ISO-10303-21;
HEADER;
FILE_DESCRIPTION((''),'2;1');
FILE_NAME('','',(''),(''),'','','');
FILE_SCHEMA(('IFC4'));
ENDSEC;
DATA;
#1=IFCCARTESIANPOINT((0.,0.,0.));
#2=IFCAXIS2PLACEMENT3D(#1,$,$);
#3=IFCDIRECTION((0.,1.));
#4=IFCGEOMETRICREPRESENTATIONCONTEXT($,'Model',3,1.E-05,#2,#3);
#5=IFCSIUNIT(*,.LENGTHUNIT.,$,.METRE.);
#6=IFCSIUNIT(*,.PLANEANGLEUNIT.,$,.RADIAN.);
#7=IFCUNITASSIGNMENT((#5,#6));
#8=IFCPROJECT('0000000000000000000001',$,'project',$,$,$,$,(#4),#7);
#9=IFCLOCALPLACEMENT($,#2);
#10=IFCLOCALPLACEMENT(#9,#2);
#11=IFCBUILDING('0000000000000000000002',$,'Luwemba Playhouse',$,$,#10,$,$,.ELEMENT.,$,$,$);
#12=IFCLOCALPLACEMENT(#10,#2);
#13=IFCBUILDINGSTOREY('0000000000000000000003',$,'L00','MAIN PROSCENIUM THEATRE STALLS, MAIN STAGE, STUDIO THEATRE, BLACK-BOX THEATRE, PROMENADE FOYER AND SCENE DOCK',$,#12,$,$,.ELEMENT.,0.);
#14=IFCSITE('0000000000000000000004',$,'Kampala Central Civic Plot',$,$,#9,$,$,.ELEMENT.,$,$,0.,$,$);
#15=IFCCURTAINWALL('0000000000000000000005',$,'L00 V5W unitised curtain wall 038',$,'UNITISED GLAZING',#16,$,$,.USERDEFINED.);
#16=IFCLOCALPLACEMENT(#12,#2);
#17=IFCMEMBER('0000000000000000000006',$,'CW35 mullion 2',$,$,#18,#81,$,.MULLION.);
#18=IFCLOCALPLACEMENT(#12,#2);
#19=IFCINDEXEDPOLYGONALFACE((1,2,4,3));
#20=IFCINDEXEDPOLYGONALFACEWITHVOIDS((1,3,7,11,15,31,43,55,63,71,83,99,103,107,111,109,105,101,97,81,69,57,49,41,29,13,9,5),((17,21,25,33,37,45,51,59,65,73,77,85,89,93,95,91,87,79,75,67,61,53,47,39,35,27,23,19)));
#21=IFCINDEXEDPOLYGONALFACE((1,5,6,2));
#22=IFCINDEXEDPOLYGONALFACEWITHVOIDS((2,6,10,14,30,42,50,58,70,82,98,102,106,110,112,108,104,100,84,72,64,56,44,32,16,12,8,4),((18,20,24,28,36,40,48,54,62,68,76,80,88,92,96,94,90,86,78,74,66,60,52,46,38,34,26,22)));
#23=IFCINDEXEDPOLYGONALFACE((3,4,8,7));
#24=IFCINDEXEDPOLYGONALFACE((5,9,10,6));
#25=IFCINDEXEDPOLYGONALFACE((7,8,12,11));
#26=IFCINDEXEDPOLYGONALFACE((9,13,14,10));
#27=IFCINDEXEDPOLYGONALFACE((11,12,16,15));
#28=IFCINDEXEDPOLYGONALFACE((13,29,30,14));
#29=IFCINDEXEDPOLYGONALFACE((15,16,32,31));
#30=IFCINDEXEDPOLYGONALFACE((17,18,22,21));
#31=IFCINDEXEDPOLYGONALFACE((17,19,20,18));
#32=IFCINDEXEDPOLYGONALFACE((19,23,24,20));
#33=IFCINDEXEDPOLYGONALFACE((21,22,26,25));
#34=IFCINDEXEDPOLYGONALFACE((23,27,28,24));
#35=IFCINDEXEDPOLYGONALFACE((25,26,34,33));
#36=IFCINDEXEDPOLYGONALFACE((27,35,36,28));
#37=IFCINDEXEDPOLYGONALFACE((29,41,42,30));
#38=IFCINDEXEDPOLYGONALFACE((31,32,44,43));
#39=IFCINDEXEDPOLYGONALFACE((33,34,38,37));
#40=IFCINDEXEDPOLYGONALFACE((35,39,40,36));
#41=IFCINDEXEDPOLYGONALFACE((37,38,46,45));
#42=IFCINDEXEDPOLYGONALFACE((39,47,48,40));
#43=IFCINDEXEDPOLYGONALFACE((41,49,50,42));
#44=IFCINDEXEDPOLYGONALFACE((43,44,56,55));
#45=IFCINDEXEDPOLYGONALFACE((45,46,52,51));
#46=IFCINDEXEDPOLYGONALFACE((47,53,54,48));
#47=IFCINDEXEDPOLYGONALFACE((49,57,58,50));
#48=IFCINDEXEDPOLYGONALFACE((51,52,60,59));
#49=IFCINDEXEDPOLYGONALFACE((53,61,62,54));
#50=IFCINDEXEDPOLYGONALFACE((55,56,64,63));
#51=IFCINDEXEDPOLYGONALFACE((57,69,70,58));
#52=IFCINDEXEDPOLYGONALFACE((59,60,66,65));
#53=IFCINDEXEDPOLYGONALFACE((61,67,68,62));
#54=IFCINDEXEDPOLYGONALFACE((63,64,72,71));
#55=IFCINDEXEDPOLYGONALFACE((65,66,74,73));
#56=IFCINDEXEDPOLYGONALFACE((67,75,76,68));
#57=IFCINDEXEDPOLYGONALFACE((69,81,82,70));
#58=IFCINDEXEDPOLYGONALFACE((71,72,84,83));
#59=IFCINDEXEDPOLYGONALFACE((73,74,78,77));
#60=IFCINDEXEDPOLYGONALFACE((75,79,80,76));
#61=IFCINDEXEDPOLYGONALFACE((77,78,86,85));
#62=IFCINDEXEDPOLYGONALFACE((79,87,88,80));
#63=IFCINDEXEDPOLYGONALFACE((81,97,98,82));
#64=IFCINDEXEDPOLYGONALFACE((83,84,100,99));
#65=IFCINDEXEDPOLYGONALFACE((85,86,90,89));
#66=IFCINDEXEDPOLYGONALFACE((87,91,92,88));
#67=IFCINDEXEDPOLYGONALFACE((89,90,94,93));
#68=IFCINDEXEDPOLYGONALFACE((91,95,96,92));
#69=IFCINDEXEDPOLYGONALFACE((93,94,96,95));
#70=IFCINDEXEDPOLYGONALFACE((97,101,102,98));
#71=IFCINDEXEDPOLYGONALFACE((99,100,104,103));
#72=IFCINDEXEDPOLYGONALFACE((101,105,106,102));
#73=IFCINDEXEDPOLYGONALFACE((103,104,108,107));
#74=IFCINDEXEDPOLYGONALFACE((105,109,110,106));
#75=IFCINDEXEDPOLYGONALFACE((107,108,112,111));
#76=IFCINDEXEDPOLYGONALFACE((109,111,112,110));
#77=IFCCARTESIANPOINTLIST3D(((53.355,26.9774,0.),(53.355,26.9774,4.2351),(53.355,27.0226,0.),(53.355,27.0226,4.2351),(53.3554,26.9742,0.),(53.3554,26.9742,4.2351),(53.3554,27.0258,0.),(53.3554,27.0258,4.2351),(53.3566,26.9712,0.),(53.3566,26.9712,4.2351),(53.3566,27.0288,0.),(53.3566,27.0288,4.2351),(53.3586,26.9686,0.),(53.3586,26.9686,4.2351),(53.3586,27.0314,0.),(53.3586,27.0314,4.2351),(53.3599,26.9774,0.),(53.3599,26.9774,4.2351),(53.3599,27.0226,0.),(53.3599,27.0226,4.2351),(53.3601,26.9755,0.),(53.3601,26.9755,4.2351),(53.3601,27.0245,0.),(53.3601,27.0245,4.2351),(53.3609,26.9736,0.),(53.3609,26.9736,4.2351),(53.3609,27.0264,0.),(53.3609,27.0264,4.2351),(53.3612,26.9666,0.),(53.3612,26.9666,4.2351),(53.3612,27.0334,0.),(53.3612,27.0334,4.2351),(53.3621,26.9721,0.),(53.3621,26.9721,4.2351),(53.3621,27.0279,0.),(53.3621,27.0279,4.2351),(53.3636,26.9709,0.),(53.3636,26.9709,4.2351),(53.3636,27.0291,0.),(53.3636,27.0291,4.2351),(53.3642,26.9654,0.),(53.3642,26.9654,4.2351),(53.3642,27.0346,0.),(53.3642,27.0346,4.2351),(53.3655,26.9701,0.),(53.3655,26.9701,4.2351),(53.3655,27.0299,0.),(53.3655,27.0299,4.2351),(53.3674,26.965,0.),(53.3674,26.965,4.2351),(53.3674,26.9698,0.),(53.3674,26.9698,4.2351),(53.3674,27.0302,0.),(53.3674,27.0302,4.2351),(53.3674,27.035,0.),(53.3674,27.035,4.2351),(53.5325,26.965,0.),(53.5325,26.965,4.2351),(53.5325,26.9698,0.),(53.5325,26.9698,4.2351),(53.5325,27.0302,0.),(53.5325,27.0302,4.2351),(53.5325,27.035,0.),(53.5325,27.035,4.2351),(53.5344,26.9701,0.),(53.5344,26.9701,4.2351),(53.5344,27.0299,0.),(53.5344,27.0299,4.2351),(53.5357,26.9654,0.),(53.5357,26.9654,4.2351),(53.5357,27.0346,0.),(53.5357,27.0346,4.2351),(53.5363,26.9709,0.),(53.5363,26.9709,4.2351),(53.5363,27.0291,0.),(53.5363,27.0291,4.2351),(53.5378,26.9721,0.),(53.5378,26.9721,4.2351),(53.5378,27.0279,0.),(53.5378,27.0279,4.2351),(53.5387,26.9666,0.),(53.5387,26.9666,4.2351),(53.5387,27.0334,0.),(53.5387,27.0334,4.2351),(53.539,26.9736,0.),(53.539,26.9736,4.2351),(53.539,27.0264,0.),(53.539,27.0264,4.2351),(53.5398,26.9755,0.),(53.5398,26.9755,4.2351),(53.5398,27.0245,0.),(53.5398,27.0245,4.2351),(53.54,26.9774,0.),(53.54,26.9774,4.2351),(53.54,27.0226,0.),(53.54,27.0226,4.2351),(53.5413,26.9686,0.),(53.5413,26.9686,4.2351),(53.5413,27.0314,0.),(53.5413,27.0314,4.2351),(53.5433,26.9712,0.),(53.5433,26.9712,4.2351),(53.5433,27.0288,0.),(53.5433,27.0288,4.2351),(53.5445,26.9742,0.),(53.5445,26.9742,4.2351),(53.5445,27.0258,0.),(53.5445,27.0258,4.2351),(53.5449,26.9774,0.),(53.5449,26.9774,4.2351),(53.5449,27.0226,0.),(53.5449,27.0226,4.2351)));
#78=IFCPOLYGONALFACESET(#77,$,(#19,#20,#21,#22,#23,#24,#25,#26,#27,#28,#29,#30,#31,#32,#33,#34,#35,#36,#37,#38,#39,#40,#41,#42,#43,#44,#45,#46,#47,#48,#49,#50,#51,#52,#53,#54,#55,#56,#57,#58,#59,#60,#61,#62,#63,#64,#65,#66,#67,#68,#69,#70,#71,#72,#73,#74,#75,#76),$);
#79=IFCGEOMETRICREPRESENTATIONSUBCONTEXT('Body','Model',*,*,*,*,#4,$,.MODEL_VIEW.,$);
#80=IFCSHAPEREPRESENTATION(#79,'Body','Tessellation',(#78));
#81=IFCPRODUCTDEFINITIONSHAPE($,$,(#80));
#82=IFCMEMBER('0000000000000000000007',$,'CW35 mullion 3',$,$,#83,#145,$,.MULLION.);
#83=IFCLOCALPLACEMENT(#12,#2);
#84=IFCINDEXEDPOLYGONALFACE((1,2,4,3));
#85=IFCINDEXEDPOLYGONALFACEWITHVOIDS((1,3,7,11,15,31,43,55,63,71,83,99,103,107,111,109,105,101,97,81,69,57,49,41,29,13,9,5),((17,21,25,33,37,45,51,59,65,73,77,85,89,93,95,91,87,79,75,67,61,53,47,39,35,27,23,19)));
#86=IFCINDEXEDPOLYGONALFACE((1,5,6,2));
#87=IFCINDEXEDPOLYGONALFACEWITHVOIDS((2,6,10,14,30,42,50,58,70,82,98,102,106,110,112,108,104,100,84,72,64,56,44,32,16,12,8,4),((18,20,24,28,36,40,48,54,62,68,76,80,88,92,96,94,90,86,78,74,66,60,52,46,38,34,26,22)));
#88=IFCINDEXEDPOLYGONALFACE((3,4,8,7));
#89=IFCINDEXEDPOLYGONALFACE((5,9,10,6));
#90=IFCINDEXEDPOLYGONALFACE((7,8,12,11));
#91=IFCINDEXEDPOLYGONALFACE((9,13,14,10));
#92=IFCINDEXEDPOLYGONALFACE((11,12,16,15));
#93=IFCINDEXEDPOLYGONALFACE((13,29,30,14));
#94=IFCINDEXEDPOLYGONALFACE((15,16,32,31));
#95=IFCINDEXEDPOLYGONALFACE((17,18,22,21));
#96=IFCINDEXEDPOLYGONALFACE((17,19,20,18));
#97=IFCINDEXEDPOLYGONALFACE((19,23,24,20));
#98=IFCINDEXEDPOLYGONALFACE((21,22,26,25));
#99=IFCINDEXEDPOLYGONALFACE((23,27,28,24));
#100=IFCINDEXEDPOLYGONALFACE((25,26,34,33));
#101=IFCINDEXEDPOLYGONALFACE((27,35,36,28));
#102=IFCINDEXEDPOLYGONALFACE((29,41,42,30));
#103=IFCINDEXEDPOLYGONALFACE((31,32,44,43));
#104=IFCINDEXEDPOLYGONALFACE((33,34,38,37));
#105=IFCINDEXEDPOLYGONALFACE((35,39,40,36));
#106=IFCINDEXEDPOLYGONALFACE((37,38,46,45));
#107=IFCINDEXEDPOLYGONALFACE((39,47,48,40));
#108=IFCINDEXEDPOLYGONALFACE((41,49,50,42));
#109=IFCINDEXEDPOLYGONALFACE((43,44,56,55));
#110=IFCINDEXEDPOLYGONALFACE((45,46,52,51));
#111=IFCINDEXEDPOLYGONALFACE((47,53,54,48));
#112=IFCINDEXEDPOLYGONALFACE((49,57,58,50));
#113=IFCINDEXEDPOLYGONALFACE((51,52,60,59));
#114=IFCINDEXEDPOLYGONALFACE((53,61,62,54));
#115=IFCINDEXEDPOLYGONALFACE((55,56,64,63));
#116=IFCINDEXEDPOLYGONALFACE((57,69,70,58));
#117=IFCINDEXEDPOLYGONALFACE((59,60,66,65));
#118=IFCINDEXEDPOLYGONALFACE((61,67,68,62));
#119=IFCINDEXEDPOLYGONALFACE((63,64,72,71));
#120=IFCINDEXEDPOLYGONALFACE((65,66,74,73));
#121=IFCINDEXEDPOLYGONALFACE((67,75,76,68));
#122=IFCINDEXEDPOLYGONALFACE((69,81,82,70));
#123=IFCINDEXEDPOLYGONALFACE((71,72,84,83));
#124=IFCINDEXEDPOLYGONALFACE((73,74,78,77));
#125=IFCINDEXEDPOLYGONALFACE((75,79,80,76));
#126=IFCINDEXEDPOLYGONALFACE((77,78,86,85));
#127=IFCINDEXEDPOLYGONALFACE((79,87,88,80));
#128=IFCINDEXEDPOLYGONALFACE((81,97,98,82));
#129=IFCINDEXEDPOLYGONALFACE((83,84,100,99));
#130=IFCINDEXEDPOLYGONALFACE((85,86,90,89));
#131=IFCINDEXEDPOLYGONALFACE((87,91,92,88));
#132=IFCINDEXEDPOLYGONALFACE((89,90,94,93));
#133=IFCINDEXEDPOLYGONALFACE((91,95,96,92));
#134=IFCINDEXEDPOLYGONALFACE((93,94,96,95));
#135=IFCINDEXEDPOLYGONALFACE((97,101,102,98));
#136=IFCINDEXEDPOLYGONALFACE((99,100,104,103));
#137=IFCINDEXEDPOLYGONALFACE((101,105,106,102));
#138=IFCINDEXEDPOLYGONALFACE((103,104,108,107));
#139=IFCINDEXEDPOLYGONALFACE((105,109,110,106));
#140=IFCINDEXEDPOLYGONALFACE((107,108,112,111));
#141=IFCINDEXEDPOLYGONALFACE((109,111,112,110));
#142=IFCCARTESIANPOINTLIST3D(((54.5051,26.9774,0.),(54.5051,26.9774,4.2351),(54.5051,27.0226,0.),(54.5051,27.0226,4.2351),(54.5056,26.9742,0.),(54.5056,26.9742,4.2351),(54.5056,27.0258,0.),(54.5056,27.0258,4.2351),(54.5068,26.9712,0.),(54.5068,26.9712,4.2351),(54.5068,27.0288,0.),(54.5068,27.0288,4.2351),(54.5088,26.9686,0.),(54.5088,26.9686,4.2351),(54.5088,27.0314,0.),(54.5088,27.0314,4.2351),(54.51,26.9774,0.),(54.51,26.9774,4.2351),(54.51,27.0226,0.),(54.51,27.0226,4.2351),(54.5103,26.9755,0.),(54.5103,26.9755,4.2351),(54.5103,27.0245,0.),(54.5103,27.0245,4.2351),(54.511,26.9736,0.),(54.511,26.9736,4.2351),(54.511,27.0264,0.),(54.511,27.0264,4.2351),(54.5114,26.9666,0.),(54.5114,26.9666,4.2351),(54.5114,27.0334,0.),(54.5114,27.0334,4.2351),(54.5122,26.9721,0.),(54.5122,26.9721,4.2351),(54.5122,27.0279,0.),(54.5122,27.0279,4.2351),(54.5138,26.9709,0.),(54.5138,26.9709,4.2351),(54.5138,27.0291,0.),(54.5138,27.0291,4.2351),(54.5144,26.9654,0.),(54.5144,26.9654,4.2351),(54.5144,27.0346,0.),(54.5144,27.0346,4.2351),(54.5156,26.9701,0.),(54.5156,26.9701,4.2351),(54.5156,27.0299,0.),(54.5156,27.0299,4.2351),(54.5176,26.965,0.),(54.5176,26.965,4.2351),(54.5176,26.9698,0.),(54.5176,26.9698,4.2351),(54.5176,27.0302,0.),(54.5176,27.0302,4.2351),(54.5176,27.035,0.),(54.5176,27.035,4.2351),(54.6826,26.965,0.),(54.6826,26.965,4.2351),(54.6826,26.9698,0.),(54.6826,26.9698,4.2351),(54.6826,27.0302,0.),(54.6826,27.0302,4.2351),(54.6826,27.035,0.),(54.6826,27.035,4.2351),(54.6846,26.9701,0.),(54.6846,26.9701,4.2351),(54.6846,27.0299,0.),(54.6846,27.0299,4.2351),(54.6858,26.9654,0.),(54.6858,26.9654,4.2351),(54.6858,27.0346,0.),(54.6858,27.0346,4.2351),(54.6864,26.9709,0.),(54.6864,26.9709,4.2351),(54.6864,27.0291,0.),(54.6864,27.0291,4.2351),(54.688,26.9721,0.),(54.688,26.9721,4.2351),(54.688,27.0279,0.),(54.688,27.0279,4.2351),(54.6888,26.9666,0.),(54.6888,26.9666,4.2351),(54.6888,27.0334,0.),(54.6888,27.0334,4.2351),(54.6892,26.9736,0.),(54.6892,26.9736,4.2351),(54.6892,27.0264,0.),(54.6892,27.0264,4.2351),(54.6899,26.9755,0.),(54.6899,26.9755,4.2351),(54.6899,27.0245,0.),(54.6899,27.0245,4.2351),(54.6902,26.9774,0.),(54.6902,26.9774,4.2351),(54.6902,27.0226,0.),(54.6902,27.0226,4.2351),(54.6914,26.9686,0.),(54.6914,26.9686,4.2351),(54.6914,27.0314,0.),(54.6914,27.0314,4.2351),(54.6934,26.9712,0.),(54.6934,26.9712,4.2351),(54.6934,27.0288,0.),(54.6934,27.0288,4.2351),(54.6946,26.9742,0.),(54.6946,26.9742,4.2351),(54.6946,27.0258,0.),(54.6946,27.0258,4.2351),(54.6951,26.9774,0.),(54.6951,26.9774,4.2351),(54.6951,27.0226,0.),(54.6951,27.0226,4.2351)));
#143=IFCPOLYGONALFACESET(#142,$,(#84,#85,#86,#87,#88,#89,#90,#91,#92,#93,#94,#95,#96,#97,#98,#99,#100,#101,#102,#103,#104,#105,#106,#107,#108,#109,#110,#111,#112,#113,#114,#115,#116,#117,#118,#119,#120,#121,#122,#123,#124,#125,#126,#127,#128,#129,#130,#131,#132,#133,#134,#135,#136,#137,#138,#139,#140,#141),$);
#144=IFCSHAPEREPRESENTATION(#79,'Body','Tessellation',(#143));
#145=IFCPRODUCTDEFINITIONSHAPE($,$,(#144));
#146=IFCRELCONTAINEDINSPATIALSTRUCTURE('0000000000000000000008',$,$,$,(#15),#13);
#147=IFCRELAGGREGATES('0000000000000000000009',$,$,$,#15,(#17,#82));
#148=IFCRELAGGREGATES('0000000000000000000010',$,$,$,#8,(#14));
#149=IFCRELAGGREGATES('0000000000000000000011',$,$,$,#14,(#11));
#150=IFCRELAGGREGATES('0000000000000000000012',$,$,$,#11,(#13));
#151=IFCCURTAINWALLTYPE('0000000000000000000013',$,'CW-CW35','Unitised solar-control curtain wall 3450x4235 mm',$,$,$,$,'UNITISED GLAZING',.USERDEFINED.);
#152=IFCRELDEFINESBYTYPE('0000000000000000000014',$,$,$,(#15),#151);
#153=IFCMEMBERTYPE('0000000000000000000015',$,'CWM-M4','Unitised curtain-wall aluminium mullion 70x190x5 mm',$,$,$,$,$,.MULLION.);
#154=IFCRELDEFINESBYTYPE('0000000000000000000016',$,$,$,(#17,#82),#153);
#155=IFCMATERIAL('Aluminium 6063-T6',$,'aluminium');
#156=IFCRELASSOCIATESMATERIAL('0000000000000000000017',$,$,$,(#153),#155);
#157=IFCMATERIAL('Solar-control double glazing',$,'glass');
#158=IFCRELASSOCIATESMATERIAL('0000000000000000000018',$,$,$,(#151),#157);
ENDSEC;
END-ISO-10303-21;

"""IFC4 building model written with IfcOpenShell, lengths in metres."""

from ifc_helpers import new_model, si_unit, direction, frame, origin, origin_2d, place, context, subcontext, project, spatial, hollow_rectangle, extrude, material, material_profile, profile_set, type_object, element, aggregate, save


model = new_model("IFC4")

# Units and contexts
model_context = context("Model", 3, precision=1e-05, world=origin(), true_north=direction((0.0, 1.0)))
body_context = subcontext(model_context, "Body", "Model", "MODEL_VIEW")
ifc_project = project(units=[si_unit("LENGTHUNIT", "METRE"), si_unit("PLANEANGLEUNIT", "RADIAN")], contexts=[model_context])

# Site, building, storey
site_placement = place(None, origin())
site = spatial("IfcSite", under=ifc_project, at=site_placement, Name="Kampala Central Civic Plot", CompositionType="ELEMENT", RefElevation=0.0)
building_placement = place(site_placement, origin())
building = spatial("IfcBuilding", under=site, at=building_placement, Name="Luwemba Playhouse", CompositionType="ELEMENT")
storey_placement = place(building_placement, origin())
storey = spatial("IfcBuildingStorey", under=building, at=storey_placement, Name="L00", Description="MAIN PROSCENIUM THEATRE STALLS, MAIN STAGE, STUDIO THEATRE, BLACK-BOX THEATRE, PROMENADE FOYER AND SCENE DOCK", CompositionType="ELEMENT", Elevation=0.0)

# Shared definitions
ifc_material_1 = material(Name="Solar-control double glazing", Category="glass")
ifc_material_2 = material(Name="Aluminium 6063-T6", Category="aluminium")
ifc_material_profile_1 = material_profile(ifc_material_2, hollow_rectangle(XDim=0.0701, YDim=0.1899, WallThickness=0.0049, InnerFilletRadius=0.0076, OuterFilletRadius=0.0125, at=origin_2d()))
ifc_profile_set_1 = profile_set([ifc_material_profile_1], Name="Aluminium 6063-T6")
member_type_1 = type_object("IfcMemberType", Name="CWM-M4", Description="Unitised curtain-wall aluminium mullion 70x190x5 mm", PredefinedType="MULLION", material=ifc_profile_set_1)

# Curtain wall, members
curtain_wall_type_1 = type_object("IfcCurtainWallType", Name="CW-CW35", Description="Unitised solar-control curtain wall 3450x4235 mm", ElementType="UNITISED GLAZING", PredefinedType="USERDEFINED", material=ifc_material_1)
curtain_wall_1_placement = place(storey_placement, origin())
curtain_wall_1 = element("IfcCurtainWall", 1, at=curtain_wall_1_placement, inside=storey, type_object=curtain_wall_type_1, Name="L00 V5W unitised curtain wall 038", ObjectType="UNITISED GLAZING", PredefinedType="USERDEFINED")
member_1_placement = place(storey_placement, frame((53.45, 27.0, 0.0), z_axis=(0.0, 0.0, 1.0), x_axis=(0.0, 1.0, 0.0)))
member_1 = element("IfcMember", 2, at=member_1_placement, type_object=member_type_1, Name="CW35 mullion 2", PredefinedType="MULLION", context=body_context, shape_type="SweptSolid", body=[
    extrude(hollow_rectangle(XDim=0.0701, YDim=0.1899, WallThickness=0.0049, InnerFilletRadius=0.0076, OuterFilletRadius=0.0125, at=origin_2d()), origin(), (0.0, 0.0, 1.0), 4.2351),
])
member_2_placement = place(storey_placement, frame((54.6001, 27.0, 0.0), z_axis=(0.0, 0.0, 1.0), x_axis=(0.0, 1.0, 0.0)))
member_2 = element("IfcMember", 3, at=member_2_placement, type_object=member_type_1, Name="CW35 mullion 3", PredefinedType="MULLION", context=body_context, shape_type="SweptSolid", body=[
    extrude(hollow_rectangle(XDim=0.0701, YDim=0.1899, WallThickness=0.0049, InnerFilletRadius=0.0076, OuterFilletRadius=0.0125, at=origin_2d()), origin(), (0.0, 0.0, 1.0), 4.2351),
])

aggregate(curtain_wall_1, [member_1, member_2])

save(model, "model.ifc")
